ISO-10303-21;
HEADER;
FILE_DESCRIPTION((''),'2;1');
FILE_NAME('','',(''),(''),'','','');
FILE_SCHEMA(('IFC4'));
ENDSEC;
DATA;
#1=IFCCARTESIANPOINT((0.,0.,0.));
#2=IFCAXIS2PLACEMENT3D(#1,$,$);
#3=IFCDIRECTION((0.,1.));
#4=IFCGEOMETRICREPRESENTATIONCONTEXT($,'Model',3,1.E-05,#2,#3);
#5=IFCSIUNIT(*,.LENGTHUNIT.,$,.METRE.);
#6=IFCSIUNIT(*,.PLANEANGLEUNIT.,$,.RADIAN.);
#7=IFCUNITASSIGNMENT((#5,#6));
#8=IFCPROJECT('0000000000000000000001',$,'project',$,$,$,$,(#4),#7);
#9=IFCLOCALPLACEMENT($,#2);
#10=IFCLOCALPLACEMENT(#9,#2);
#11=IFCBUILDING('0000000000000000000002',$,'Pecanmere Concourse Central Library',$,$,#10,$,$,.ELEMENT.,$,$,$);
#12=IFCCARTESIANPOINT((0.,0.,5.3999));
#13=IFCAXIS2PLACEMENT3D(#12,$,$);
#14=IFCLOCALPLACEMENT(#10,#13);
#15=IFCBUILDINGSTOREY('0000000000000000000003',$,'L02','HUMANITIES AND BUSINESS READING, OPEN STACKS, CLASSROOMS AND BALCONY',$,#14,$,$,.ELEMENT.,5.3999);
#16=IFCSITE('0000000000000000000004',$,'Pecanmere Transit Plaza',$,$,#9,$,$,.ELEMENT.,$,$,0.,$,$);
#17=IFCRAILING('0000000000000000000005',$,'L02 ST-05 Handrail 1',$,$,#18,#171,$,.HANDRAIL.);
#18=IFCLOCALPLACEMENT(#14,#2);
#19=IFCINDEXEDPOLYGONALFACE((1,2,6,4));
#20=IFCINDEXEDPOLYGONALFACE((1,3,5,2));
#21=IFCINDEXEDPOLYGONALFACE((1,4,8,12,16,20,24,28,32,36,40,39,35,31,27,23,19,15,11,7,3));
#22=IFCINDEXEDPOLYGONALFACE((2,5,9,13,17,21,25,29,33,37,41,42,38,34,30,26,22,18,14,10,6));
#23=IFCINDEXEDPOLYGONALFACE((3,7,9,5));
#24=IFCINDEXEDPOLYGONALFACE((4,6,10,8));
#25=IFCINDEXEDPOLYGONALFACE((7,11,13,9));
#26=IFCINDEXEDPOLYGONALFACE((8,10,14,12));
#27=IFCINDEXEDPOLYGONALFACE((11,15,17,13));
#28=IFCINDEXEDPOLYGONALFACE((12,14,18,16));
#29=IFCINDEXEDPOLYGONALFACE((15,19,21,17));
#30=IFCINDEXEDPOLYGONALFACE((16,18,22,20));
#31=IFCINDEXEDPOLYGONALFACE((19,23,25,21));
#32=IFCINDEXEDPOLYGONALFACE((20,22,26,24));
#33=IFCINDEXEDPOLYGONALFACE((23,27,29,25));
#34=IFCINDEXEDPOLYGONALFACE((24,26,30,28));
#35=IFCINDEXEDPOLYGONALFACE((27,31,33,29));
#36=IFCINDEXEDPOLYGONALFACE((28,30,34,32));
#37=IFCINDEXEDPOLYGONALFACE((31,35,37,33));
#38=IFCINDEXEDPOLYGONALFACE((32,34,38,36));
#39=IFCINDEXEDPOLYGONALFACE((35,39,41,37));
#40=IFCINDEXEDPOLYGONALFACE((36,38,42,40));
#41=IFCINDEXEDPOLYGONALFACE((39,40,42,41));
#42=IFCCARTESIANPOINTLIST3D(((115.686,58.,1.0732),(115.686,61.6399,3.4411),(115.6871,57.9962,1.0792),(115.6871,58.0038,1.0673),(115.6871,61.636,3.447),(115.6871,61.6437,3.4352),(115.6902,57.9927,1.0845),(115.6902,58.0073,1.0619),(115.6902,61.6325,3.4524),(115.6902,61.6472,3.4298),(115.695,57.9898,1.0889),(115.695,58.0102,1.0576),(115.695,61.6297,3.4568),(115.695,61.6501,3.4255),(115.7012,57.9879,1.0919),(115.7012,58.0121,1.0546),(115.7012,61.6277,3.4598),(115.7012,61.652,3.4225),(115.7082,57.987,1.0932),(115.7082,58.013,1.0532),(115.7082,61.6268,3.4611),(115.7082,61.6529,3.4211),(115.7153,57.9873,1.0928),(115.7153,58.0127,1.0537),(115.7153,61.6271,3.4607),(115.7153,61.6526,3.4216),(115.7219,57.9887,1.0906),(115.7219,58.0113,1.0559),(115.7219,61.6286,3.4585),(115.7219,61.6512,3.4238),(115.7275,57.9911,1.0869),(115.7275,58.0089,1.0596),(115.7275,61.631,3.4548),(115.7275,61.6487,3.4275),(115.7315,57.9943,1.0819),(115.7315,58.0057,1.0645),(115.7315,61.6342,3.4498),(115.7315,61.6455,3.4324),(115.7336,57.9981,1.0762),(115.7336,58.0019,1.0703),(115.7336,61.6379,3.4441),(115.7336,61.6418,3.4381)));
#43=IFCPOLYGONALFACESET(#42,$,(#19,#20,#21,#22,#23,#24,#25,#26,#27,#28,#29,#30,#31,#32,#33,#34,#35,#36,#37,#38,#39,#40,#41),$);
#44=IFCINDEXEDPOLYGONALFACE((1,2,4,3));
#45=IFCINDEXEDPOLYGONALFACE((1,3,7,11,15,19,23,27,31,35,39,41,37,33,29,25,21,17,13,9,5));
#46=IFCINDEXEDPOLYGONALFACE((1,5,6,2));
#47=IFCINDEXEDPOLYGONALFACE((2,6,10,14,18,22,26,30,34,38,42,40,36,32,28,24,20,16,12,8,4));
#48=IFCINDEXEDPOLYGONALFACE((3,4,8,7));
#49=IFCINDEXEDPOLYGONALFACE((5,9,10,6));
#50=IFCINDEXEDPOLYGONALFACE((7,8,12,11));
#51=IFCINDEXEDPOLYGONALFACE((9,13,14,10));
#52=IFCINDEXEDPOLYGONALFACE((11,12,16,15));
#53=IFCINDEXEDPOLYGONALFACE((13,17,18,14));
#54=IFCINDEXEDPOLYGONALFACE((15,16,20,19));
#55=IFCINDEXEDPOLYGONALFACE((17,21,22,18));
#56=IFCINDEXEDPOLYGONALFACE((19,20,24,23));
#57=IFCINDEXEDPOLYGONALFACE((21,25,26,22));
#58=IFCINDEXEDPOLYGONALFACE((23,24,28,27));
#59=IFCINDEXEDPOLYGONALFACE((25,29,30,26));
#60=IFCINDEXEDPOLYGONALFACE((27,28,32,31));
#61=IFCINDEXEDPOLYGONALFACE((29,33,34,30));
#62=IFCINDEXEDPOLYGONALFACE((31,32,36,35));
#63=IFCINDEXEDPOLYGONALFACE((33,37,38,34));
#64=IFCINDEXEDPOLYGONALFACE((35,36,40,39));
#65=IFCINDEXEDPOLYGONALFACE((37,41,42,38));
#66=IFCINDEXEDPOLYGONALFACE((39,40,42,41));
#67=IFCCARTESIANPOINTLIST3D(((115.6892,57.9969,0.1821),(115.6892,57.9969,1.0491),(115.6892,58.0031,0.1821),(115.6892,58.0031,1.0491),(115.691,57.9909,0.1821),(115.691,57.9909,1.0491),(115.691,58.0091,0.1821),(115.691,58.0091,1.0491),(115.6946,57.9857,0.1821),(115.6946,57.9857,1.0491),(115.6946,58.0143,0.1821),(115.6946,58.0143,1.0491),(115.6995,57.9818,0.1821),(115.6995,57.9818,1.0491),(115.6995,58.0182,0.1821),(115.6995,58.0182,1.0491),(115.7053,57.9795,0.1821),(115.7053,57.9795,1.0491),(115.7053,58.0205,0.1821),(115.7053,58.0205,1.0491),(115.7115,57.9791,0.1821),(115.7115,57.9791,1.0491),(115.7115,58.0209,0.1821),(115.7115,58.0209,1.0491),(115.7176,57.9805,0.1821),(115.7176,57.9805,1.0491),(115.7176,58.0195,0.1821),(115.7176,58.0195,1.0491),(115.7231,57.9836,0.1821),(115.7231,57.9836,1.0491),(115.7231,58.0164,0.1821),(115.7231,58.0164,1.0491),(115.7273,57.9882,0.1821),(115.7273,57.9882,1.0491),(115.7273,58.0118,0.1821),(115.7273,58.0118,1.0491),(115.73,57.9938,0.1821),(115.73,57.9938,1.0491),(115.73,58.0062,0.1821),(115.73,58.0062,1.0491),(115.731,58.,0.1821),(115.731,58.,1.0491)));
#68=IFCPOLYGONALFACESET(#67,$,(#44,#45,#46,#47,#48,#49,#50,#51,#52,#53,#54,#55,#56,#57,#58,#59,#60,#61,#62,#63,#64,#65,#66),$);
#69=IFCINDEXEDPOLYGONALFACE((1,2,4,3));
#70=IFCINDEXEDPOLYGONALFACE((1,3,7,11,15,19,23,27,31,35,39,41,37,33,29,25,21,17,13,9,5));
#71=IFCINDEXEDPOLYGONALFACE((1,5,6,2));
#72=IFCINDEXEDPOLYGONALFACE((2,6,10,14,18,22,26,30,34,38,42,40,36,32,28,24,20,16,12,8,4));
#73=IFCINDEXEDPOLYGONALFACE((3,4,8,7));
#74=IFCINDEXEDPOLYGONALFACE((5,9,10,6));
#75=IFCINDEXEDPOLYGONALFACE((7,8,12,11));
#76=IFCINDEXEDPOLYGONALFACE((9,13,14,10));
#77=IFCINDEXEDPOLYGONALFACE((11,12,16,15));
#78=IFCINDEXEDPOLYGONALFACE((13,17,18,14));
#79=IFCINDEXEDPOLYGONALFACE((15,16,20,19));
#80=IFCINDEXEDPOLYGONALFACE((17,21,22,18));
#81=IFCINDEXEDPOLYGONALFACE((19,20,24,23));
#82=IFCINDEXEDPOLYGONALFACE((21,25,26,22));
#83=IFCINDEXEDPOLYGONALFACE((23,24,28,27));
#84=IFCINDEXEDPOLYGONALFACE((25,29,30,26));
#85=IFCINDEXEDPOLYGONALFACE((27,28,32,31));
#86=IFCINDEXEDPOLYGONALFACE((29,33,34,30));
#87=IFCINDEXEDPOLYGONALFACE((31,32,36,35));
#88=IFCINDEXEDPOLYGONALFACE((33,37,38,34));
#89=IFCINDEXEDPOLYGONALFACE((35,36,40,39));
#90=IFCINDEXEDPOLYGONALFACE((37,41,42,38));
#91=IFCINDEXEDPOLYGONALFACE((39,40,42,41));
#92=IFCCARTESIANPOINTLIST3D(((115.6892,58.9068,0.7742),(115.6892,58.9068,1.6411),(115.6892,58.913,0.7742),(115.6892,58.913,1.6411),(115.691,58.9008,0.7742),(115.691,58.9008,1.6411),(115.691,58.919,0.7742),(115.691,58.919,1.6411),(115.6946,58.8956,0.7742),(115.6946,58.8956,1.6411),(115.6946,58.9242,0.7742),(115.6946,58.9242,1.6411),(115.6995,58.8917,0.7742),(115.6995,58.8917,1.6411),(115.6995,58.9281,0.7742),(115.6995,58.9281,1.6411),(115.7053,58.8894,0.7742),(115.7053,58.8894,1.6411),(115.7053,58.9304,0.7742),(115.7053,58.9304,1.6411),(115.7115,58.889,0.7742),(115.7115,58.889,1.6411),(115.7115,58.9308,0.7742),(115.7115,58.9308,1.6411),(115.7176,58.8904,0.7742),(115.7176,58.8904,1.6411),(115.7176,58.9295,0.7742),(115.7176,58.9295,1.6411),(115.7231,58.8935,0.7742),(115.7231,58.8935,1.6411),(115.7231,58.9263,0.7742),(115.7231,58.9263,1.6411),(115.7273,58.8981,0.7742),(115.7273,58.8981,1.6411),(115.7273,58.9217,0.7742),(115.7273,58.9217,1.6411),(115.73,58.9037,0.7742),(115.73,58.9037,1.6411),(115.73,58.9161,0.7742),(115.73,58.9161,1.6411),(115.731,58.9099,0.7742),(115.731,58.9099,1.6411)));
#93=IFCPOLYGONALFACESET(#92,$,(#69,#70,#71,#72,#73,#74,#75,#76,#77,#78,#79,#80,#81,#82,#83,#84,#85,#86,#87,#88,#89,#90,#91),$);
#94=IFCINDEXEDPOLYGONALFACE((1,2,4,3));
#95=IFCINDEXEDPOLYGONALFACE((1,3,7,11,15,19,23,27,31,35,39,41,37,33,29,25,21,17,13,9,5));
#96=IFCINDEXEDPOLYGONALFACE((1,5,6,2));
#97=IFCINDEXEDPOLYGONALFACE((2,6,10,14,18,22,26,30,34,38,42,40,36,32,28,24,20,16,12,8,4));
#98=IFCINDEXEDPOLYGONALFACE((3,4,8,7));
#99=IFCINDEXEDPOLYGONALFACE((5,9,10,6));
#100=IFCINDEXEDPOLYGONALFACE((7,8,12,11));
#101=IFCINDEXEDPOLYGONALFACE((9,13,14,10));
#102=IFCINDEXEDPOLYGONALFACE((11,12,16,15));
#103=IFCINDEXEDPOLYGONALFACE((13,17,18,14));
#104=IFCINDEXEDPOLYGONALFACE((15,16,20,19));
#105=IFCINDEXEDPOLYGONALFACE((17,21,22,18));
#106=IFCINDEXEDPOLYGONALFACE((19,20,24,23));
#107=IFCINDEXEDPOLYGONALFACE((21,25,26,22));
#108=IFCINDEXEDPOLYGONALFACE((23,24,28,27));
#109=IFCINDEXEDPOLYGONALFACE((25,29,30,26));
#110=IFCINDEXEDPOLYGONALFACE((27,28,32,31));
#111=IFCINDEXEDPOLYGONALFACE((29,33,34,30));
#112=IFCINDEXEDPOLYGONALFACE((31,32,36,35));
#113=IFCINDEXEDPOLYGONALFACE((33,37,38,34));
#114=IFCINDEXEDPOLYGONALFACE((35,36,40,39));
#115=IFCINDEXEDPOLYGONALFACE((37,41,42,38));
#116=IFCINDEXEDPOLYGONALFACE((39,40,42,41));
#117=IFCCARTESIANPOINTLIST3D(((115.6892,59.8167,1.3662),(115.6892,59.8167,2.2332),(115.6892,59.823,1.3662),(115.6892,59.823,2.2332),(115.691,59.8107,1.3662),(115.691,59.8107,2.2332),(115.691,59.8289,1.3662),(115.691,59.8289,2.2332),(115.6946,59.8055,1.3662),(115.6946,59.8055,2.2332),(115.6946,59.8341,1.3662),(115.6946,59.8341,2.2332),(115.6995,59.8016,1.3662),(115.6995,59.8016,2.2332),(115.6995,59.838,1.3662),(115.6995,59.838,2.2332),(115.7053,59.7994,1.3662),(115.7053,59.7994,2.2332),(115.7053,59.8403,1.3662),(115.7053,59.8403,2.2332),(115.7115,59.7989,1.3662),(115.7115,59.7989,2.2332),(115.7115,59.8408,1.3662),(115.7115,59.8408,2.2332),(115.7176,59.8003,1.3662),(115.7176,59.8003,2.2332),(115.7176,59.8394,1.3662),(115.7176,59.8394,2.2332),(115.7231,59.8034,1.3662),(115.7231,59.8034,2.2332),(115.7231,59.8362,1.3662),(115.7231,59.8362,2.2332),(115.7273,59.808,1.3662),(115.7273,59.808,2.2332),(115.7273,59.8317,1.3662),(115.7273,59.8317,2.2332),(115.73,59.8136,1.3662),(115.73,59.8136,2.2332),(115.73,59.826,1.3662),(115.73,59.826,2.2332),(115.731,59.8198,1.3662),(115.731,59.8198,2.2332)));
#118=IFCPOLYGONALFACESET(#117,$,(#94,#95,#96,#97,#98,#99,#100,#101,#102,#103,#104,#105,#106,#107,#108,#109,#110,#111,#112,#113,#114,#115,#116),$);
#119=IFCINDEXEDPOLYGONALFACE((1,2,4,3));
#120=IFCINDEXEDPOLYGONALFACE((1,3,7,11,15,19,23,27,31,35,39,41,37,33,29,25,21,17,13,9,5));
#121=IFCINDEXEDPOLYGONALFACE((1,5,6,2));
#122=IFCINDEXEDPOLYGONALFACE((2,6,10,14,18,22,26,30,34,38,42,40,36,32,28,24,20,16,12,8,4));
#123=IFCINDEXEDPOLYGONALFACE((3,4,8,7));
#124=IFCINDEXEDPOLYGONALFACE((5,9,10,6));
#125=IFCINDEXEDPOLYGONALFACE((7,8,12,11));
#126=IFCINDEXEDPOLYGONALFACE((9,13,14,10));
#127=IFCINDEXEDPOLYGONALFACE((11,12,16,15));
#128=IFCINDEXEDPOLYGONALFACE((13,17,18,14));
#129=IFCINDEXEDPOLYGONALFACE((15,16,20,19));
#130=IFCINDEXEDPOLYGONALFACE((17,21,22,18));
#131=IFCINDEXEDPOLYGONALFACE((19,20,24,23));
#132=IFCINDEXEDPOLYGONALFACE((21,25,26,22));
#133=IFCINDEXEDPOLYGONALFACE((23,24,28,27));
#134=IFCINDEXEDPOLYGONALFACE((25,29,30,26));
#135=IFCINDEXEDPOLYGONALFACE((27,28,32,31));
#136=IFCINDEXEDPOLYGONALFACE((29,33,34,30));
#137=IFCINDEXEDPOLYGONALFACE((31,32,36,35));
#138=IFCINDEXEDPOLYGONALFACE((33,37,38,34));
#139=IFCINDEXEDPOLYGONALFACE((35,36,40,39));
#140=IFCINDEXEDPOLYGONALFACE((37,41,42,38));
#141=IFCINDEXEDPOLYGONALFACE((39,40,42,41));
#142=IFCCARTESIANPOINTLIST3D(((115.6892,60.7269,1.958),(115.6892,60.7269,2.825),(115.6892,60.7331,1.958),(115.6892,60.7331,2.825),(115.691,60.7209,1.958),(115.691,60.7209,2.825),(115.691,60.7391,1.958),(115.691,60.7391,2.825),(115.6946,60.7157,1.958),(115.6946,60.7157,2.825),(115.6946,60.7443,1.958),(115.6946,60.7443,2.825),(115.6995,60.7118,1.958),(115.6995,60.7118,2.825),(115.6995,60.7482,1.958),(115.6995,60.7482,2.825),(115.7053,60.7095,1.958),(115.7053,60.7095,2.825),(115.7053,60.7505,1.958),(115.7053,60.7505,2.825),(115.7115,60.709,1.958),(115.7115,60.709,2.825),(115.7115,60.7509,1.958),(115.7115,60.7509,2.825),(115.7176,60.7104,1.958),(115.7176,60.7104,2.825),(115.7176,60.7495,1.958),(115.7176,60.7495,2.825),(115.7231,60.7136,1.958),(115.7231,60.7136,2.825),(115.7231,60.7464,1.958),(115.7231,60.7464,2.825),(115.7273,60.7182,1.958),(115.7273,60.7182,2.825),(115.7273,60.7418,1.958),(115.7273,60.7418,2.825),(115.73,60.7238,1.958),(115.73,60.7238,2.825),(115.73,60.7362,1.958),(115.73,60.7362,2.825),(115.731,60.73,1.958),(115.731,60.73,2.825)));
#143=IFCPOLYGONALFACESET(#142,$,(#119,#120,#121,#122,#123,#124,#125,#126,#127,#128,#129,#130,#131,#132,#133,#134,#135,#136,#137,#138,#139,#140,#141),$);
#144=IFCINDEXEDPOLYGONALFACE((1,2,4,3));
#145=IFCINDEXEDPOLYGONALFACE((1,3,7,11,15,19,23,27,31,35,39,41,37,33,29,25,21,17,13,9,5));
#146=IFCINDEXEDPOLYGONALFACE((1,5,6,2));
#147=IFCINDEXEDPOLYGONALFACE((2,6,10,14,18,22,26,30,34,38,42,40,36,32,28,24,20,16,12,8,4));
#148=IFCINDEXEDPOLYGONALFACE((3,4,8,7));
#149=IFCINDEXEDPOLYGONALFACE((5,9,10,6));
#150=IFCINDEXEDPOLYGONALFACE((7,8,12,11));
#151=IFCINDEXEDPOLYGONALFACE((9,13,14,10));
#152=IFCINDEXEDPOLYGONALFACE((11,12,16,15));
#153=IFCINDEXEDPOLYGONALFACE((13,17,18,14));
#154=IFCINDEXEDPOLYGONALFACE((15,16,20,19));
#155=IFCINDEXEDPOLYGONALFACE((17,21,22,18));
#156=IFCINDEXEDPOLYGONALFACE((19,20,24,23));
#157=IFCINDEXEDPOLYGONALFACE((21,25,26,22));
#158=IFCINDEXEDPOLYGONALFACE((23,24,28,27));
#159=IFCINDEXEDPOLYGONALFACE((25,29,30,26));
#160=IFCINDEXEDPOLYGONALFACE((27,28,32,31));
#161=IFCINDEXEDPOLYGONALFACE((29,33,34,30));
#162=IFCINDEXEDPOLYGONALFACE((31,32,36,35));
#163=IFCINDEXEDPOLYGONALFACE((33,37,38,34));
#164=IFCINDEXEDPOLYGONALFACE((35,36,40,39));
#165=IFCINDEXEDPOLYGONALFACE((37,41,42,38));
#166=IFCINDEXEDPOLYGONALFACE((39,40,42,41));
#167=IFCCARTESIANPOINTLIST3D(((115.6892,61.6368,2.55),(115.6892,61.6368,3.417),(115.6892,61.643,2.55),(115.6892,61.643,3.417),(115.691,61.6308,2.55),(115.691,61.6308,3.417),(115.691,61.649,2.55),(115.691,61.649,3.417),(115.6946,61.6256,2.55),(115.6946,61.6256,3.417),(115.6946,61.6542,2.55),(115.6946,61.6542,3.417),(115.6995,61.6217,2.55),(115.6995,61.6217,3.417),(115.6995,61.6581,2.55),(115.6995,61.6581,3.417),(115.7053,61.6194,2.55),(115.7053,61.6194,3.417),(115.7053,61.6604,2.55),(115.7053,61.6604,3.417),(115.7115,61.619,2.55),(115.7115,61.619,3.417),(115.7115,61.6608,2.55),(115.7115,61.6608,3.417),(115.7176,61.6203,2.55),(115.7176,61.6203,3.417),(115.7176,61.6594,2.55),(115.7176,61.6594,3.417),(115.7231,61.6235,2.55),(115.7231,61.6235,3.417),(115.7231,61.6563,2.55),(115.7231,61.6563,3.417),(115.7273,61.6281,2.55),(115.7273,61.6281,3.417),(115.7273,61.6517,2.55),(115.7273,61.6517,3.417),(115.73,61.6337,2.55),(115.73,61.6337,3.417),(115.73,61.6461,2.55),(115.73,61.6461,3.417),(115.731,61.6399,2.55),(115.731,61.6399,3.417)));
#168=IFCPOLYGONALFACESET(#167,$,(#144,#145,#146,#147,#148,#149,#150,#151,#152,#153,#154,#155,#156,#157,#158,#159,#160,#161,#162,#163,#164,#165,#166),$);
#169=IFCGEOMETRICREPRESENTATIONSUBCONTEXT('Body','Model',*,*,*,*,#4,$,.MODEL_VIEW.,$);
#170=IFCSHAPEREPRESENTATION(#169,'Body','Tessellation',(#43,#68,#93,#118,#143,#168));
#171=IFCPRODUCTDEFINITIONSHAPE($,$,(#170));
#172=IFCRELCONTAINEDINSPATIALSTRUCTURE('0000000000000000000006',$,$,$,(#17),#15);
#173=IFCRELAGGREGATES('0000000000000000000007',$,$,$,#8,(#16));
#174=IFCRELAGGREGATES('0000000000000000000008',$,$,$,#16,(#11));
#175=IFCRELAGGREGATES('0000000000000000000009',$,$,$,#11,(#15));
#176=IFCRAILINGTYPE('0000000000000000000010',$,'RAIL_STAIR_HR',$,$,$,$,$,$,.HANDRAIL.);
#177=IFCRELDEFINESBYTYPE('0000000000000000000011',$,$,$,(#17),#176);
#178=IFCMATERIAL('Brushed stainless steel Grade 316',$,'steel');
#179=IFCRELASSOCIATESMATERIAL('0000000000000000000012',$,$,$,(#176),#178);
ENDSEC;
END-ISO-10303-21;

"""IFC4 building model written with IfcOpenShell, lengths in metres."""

from ifc_helpers import new_model, si_unit, direction, frame, origin, origin_2d, place, context, subcontext, project, spatial, circle, extrude, material, type_object, element, save


model = new_model("IFC4")

# Units and contexts
model_context = context("Model", 3, precision=1e-05, world=origin(), true_north=direction((0.0, 1.0)))
body_context = subcontext(model_context, "Body", "Model", "MODEL_VIEW")
ifc_project = project(units=[si_unit("LENGTHUNIT", "METRE"), si_unit("PLANEANGLEUNIT", "RADIAN")], contexts=[model_context])

# Site, building, storey
site_placement = place(None, origin())
site = spatial("IfcSite", under=ifc_project, at=site_placement, Name="Pecanmere Transit Plaza", CompositionType="ELEMENT", RefElevation=0.0)
building_placement = place(site_placement, origin())
building = spatial("IfcBuilding", under=site, at=building_placement, Name="Pecanmere Concourse Central Library", CompositionType="ELEMENT")
storey_placement = place(building_placement, frame((0.0, 0.0, 5.3999)))
storey = spatial("IfcBuildingStorey", under=building, at=storey_placement, Name="L02", Description="HUMANITIES AND BUSINESS READING, OPEN STACKS, CLASSROOMS AND BALCONY", CompositionType="ELEMENT", Elevation=5.3999)

# Railing
ifc_material_1 = material(Name="Brushed stainless steel Grade 316", Category="steel")
railing_type_1 = type_object("IfcRailingType", Name="RAIL_STAIR_HR", PredefinedType="HANDRAIL", material=ifc_material_1)
railing_1_placement = place(storey_placement, frame((115.71, 58.0, 0.1821)))
element("IfcRailing", 1, at=railing_1_placement, inside=storey, type_object=railing_type_1, Name="L02 ST-05 Handrail 1", PredefinedType="HANDRAIL", context=body_context, shape_type="SweptSolid", body=[
    extrude(circle(Radius=0.0239, at=origin_2d()), frame((0.0, 0.0, 0.8911), z_axis=(0.0, 0.838234, 0.54531), x_axis=(-1.0, 0.0, 0.0)), (0.0, 0.0, 1.0), 4.3423),
    extrude(circle(Radius=0.021, at=origin_2d()), origin(), (0.0, 0.0, 1.0), 0.8669),
    extrude(circle(Radius=0.021, at=origin_2d()), frame((0.0, 0.9099, 0.592)), (0.0, 0.0, 1.0), 0.8669),
    extrude(circle(Radius=0.021, at=origin_2d()), frame((0.0, 1.8198, 1.1841)), (0.0, 0.0, 1.0), 0.8669),
    extrude(circle(Radius=0.021, at=origin_2d()), frame((0.0, 2.73, 1.7759)), (0.0, 0.0, 1.0), 0.8669),
    extrude(circle(Radius=0.021, at=origin_2d()), frame((0.0, 3.6399, 2.3679)), (0.0, 0.0, 1.0), 0.8669),
])

save(model, "model.ifc")
